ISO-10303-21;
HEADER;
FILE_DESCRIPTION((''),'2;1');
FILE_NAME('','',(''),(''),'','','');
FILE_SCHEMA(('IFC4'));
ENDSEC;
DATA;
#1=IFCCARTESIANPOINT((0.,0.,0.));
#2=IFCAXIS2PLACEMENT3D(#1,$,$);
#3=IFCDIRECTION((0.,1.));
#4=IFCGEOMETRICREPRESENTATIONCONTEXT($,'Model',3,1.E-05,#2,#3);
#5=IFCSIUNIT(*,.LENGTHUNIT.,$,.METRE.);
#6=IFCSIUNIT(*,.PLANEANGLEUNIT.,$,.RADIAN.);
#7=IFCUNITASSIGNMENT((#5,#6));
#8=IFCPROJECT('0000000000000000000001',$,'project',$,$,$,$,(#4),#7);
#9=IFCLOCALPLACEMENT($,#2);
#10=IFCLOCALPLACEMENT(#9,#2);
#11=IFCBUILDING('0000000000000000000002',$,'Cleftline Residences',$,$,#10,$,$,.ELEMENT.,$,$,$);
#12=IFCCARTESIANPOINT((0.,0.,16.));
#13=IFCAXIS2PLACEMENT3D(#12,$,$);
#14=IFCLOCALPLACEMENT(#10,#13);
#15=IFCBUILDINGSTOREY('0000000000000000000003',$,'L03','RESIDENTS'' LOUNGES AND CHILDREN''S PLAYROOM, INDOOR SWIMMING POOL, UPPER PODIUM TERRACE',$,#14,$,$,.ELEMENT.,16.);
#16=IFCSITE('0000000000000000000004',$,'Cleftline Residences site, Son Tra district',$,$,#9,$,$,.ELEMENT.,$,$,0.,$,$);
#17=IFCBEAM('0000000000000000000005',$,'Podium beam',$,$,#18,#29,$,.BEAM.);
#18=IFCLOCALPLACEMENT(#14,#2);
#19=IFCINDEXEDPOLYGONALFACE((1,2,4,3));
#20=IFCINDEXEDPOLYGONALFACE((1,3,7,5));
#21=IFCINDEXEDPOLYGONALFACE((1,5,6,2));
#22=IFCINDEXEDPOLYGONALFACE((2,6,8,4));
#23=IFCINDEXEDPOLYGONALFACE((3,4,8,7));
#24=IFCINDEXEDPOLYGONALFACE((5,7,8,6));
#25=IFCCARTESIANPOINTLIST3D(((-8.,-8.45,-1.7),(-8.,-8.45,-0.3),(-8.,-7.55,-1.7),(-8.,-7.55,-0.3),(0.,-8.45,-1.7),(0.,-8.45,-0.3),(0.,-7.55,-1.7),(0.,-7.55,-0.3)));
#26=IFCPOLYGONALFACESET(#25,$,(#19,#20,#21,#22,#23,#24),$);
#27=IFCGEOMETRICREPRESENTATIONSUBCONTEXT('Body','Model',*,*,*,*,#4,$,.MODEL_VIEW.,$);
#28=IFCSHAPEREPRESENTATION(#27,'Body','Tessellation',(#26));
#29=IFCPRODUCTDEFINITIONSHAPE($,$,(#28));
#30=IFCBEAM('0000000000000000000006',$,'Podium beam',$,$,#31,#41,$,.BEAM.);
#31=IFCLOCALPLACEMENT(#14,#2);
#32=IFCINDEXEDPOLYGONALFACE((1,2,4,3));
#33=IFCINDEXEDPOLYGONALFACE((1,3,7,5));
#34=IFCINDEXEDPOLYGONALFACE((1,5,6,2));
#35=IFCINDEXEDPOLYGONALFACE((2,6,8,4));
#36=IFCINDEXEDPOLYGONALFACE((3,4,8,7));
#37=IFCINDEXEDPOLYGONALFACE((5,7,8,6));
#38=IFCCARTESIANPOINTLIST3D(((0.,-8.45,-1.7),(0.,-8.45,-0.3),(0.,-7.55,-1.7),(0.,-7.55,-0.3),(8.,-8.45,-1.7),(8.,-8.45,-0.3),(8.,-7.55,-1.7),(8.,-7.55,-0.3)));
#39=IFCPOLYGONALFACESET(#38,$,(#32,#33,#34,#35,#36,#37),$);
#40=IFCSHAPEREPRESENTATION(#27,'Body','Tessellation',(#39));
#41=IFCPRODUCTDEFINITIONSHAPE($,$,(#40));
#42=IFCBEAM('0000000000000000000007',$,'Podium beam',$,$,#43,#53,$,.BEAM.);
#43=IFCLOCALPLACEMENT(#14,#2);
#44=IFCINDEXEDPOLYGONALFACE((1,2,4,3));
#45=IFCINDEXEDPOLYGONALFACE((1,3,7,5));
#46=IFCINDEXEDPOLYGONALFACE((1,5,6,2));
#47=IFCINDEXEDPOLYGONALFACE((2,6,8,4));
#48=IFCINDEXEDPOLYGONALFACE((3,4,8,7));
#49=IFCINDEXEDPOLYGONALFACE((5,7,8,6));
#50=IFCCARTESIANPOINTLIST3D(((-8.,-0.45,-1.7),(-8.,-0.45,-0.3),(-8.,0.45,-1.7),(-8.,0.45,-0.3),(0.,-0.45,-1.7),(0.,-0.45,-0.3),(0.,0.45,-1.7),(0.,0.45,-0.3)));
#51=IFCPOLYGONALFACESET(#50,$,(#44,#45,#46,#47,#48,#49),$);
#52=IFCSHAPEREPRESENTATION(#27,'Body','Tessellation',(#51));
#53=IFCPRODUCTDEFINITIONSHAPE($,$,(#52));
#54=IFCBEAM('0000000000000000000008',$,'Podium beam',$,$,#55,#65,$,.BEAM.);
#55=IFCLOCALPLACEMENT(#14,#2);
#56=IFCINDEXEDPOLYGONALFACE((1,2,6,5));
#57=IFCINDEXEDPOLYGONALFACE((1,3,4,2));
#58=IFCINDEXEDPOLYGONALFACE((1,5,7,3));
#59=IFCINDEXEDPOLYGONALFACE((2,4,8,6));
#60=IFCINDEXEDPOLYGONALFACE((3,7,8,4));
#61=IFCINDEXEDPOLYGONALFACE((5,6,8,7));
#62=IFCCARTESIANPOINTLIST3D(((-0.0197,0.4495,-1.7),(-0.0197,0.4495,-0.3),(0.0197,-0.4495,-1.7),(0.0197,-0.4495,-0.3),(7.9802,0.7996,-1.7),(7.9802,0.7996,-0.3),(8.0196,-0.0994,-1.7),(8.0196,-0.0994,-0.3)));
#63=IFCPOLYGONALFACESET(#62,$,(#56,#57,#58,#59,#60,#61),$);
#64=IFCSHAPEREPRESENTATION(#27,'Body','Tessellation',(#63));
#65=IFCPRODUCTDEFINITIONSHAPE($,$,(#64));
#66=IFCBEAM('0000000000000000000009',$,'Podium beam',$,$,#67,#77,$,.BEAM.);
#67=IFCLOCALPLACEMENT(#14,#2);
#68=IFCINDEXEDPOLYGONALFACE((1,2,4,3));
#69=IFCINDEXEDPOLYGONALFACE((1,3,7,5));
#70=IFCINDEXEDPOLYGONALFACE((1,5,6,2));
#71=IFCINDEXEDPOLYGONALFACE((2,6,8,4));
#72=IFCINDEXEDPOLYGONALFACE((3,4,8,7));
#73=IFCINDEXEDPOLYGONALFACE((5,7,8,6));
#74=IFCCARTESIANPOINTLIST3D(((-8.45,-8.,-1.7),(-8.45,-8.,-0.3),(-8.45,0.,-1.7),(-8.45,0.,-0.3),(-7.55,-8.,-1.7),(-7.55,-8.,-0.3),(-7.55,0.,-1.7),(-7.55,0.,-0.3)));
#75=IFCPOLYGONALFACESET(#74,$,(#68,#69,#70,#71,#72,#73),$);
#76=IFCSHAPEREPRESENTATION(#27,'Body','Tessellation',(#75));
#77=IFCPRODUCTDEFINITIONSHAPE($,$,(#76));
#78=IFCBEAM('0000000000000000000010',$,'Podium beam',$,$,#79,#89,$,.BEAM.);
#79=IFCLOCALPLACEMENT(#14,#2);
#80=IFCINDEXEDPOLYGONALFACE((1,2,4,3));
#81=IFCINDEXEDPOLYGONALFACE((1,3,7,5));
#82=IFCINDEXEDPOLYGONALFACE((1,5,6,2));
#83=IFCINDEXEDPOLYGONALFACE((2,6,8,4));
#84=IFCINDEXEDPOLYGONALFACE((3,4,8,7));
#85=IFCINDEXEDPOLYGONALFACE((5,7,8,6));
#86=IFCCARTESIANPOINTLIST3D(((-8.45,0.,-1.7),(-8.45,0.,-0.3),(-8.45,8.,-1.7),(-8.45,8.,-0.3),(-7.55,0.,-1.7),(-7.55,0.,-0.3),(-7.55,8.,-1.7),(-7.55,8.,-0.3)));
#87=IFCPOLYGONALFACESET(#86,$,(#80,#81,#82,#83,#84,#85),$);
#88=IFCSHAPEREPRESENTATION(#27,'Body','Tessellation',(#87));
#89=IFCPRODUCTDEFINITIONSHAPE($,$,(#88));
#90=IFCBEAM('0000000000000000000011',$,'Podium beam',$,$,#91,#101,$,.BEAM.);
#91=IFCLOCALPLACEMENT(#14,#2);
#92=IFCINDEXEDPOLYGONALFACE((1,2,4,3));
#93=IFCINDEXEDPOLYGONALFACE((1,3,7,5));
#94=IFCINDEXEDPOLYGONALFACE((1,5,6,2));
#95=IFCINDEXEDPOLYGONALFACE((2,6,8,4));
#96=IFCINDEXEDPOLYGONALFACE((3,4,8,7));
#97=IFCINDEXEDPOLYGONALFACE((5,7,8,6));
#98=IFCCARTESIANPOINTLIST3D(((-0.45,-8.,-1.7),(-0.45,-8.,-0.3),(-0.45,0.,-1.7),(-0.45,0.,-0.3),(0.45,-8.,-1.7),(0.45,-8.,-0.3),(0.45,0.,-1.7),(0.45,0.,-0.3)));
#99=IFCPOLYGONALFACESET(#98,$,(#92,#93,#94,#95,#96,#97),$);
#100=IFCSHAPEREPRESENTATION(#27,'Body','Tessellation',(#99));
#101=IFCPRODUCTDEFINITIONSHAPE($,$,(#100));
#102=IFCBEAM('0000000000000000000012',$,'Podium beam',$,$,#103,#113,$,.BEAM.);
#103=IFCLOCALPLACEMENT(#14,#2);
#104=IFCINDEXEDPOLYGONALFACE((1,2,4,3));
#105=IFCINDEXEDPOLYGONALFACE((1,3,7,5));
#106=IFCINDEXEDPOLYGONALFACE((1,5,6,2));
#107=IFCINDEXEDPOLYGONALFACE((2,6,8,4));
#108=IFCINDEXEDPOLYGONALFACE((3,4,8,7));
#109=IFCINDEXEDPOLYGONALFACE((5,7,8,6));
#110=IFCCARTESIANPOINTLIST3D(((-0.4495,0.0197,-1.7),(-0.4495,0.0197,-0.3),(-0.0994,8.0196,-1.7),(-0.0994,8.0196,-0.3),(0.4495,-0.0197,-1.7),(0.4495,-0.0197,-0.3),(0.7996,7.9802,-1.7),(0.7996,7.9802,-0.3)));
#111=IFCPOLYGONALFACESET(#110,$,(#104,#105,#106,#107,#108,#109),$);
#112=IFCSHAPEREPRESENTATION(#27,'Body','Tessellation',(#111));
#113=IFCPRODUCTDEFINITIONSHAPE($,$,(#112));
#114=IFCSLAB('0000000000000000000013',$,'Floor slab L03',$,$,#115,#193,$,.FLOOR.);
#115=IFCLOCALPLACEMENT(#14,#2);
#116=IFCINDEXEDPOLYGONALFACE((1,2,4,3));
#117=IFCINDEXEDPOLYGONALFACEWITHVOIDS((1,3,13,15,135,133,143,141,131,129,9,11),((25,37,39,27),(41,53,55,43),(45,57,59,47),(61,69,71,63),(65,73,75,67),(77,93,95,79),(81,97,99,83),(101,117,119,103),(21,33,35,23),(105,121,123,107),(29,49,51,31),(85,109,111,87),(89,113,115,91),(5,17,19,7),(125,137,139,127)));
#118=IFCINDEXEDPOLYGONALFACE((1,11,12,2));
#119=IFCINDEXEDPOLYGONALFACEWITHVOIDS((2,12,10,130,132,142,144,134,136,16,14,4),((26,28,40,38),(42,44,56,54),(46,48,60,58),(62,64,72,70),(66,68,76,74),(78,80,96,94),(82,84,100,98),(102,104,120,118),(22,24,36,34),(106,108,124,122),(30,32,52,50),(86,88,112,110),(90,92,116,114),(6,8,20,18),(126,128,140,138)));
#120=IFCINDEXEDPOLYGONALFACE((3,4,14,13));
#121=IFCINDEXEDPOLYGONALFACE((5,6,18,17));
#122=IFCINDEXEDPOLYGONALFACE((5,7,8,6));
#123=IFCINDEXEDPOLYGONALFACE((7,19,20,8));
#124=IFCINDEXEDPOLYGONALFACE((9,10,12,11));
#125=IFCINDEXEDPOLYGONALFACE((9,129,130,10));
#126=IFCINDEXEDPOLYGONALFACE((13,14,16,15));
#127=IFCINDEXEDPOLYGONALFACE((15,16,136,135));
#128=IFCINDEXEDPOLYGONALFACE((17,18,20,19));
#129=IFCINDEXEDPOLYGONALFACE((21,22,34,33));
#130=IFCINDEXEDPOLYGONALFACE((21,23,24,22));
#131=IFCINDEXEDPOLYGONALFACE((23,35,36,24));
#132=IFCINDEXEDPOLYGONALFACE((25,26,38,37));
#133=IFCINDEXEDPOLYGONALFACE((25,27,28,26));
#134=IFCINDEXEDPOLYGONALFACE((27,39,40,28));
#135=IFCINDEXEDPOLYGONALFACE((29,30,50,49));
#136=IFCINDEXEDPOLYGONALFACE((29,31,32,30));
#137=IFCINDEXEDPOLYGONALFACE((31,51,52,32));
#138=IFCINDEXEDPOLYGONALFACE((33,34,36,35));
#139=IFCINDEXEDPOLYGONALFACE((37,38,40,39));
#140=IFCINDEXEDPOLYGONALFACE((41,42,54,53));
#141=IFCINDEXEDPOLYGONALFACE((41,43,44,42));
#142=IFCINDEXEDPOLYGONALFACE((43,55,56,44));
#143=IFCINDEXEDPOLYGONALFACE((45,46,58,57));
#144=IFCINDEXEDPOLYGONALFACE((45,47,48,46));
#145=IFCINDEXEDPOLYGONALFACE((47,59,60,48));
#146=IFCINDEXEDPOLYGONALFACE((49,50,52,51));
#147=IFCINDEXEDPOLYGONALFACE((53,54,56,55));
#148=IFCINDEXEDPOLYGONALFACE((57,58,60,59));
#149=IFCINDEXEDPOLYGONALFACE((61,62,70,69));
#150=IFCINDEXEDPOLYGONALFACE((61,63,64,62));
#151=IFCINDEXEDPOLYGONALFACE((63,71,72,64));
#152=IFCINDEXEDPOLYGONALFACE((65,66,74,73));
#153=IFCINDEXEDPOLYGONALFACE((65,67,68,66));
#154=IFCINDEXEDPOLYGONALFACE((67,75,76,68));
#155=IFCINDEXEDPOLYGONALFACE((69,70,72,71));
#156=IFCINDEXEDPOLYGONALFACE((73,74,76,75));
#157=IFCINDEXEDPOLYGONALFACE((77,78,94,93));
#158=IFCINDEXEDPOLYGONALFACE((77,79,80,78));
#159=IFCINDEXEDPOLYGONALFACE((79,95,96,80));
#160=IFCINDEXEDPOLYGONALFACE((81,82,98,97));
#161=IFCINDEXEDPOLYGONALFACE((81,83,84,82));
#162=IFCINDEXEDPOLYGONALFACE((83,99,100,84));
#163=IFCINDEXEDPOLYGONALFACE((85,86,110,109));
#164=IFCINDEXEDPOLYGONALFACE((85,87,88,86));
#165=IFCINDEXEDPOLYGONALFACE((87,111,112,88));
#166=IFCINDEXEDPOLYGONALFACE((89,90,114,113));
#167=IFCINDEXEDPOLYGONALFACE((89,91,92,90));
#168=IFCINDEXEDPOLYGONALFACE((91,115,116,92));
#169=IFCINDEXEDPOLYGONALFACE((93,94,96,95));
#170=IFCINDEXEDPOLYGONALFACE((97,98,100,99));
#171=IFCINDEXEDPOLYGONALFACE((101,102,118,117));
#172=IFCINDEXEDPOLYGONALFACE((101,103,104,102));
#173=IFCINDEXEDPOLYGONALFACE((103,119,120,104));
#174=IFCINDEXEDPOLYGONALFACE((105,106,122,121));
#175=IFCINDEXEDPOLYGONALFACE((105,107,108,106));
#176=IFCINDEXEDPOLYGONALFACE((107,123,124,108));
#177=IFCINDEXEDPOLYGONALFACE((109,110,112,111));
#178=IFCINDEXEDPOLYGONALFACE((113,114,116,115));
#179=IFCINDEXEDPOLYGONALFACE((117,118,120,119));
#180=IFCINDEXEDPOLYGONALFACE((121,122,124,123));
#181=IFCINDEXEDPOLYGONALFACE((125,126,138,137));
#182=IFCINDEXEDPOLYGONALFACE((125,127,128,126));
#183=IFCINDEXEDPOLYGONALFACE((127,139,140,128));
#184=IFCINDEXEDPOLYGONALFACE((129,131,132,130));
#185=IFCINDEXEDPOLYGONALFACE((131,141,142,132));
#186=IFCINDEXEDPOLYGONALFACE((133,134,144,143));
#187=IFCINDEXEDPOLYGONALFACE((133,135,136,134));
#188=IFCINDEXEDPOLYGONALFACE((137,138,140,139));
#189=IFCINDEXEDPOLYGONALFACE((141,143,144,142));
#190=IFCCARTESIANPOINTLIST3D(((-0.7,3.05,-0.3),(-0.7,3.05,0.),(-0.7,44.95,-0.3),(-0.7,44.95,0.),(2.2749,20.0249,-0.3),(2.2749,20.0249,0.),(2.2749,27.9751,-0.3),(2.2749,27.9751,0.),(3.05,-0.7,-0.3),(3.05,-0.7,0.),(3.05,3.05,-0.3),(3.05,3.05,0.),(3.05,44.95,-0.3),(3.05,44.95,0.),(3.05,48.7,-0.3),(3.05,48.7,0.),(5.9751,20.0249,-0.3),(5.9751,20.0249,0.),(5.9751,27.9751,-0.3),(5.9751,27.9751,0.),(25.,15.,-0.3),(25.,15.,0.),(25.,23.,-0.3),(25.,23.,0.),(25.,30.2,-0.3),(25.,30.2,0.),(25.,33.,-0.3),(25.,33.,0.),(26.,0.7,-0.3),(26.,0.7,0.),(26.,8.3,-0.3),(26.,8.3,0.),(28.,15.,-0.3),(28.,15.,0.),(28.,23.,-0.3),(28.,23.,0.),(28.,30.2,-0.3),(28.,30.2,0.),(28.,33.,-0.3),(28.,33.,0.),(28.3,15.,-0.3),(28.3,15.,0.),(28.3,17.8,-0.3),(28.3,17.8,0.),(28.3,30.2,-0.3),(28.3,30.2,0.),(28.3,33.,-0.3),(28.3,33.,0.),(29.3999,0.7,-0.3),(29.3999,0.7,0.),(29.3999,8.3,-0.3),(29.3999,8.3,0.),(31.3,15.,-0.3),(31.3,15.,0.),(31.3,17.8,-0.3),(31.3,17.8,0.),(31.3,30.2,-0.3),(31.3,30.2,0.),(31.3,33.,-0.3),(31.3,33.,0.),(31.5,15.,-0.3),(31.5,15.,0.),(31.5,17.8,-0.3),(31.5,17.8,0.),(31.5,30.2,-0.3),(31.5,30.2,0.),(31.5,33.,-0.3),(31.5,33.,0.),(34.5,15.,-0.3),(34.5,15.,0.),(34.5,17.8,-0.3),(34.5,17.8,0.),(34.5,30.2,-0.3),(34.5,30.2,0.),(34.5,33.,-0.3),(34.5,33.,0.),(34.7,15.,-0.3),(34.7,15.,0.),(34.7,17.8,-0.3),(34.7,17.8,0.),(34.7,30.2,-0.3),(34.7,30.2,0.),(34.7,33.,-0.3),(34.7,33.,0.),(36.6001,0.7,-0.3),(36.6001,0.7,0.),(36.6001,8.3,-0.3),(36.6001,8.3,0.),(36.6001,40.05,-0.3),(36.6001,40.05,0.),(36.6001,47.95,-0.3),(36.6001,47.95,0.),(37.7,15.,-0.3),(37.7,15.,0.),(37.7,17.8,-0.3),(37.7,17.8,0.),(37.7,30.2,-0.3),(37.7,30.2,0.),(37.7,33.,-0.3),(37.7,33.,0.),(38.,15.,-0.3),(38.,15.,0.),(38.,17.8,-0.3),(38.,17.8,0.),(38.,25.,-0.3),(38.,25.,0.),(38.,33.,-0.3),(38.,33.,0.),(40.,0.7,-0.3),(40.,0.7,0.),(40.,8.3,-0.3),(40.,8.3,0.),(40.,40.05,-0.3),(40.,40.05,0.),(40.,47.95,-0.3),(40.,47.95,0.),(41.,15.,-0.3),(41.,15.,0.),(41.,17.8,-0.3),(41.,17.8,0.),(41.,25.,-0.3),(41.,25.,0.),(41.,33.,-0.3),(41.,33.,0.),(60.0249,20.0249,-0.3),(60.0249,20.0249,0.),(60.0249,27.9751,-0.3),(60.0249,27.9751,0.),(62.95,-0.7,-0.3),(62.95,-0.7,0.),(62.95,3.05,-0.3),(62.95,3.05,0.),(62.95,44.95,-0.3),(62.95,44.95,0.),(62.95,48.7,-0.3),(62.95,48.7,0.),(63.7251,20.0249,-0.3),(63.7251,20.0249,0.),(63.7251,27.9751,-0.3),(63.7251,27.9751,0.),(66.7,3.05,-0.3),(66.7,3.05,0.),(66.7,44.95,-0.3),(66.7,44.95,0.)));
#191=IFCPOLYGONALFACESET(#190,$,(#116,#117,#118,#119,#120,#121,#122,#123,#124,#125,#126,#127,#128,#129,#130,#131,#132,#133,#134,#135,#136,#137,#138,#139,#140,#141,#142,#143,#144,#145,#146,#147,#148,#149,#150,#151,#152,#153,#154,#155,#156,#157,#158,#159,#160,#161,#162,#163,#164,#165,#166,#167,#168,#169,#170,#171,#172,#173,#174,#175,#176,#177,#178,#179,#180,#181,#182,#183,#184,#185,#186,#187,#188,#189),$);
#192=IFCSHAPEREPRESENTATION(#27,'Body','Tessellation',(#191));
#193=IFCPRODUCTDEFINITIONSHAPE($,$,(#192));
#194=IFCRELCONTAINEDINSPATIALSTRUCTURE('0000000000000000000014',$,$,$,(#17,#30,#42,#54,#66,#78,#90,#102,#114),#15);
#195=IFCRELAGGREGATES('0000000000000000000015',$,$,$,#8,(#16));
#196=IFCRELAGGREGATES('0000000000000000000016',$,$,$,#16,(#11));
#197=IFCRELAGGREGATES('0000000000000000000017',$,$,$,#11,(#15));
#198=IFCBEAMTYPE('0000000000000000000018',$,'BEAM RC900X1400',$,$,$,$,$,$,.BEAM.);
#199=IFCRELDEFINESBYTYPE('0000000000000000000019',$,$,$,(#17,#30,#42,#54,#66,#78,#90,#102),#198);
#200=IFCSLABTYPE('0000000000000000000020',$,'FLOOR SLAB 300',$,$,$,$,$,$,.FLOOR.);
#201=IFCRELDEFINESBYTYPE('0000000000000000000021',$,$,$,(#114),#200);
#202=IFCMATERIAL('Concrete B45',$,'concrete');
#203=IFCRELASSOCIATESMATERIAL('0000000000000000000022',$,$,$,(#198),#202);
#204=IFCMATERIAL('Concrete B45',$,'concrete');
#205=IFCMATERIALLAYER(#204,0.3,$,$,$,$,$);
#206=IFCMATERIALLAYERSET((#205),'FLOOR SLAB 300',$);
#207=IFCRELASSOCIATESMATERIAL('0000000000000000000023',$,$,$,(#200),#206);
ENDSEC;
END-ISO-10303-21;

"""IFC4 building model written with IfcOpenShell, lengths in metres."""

from ifc_helpers import new_model, si_unit, direction, frame, origin, origin_2d, place, context, subcontext, project, spatial, polyline, rectangle, outline, extrude, material, layer, layer_set, material_profile, profile_set, type_object, element, save


model = new_model("IFC4")

# Units and contexts
model_context = context("Model", 3, precision=1e-05, world=origin(), true_north=direction((0.0, 1.0)))
body_context = subcontext(model_context, "Body", "Model", "MODEL_VIEW")
ifc_project = project(units=[si_unit("LENGTHUNIT", "METRE"), si_unit("PLANEANGLEUNIT", "RADIAN")], contexts=[model_context])

# Site, building, storey
site_placement = place(None, origin())
site = spatial("IfcSite", under=ifc_project, at=site_placement, Name="Cleftline Residences site, Son Tra district", CompositionType="ELEMENT", RefElevation=0.0)
building_placement = place(site_placement, origin())
building = spatial("IfcBuilding", under=site, at=building_placement, Name="Cleftline Residences", CompositionType="ELEMENT")
storey_placement = place(building_placement, frame((0.0, 0.0, 16.0)))
storey = spatial("IfcBuildingStorey", under=building, at=storey_placement, Name="L03", Description="RESIDENTS' LOUNGES AND CHILDREN'S PLAYROOM, INDOOR SWIMMING POOL, UPPER PODIUM TERRACE", CompositionType="ELEMENT", Elevation=16.0)

# Beams
ifc_material_1 = material(Name="Concrete B45", Category="concrete")
ifc_material_profile = material_profile(ifc_material_1, rectangle(XDim=0.8999, YDim=1.3999, at=origin_2d()))
ifc_profile_set = profile_set([ifc_material_profile], Name="Concrete B45")
beam_type = type_object("IfcBeamType", Name="BEAM RC900X1400", PredefinedType="BEAM", material=ifc_profile_set)
for number, where, z_axis, x_axis, name in (
    (1, (-8.0, -8.0, -1.0), (1.0, 0.0, 0.0), (0.0, 1.0, 0.0), "Podium beam"),
    (2, (0.0, -8.0, -1.0), (1.0, 0.0, 0.0), (0.0, 1.0, 0.0), "Podium beam"),
    (3, (-8.0, 0.0, -1.0), (1.0, 0.0, 0.0), (0.0, 1.0, 0.0), "Podium beam"),
):
    element("IfcBeam", number, at=place(storey_placement, frame(where, z_axis=z_axis, x_axis=x_axis)), inside=storey, type_object=beam_type, Name=name, PredefinedType="BEAM", context=body_context, shape_type="SweptSolid", body=[
        extrude(rectangle(XDim=0.8999, YDim=1.3999, at=origin_2d()), origin(), (0.0, 0.0, 1.0), 8.0),
    ])
beam_1_placement = place(storey_placement, frame((0.0, 0.0, -1.0), z_axis=(0.999044, 0.04372, 0.0), x_axis=(-0.04372, 0.999044, 0.0)))
element("IfcBeam", 4, at=beam_1_placement, inside=storey, type_object=beam_type, Name="Podium beam", PredefinedType="BEAM", context=body_context, shape_type="SweptSolid", body=[
    extrude(rectangle(XDim=0.8999, YDim=1.3999, at=origin_2d()), origin(), (0.0, 0.0, 1.0), 8.0076),
])
for number, where, z_axis, x_axis, name in (
    (5, (-8.0, -8.0, -1.0), (0.0, 1.0, 0.0), (-1.0, 0.0, 0.0), "Podium beam"),
    (6, (-8.0, 0.0, -1.0), (0.0, 1.0, 0.0), (-1.0, 0.0, 0.0), "Podium beam"),
    (7, (0.0, -8.0, -1.0), (0.0, 1.0, 0.0), (-1.0, 0.0, 0.0), "Podium beam"),
):
    element("IfcBeam", number, at=place(storey_placement, frame(where, z_axis=z_axis, x_axis=x_axis)), inside=storey, type_object=beam_type, Name=name, PredefinedType="BEAM", context=body_context, shape_type="SweptSolid", body=[
        extrude(rectangle(XDim=0.8999, YDim=1.3999, at=origin_2d()), origin(), (0.0, 0.0, 1.0), 8.0),
    ])
beam_2_placement = place(storey_placement, frame((0.0, 0.0, -1.0), z_axis=(0.04372, 0.999044, 0.0), x_axis=(-0.999044, 0.04372, 0.0)))
element("IfcBeam", 8, at=beam_2_placement, inside=storey, type_object=beam_type, Name="Podium beam", PredefinedType="BEAM", context=body_context, shape_type="SweptSolid", body=[
    extrude(rectangle(XDim=0.8999, YDim=1.3999, at=origin_2d()), origin(), (0.0, 0.0, 1.0), 8.0076),
])

# Slab
ifc_material_2 = material(Name="Concrete B45", Category="concrete")
ifc_layer_1 = layer(ifc_material_2, 0.3)
ifc_layer_set_1 = layer_set([ifc_layer_1], Name="FLOOR SLAB 300")
slab_type_1 = type_object("IfcSlabType", Name="FLOOR SLAB 300", PredefinedType="FLOOR", material=ifc_layer_set_1)
slab_1_placement = place(storey_placement, frame((0.0, 0.0, -0.3)))
element("IfcSlab", 9, at=slab_1_placement, inside=storey, type_object=slab_type_1, Name="Floor slab L03", PredefinedType="FLOOR", context=body_context, shape_type="SweptSolid", body=[
    extrude(outline(polyline([(66.7, 3.05), (66.7, 44.95), (62.95, 44.95), (62.95, 48.7), (3.05, 48.7), (3.05, 44.95), (-0.7, 44.95), (-0.7, 3.05), (3.05, 3.05), (3.05, -0.7), (62.95, -0.7), (62.95, 3.05), (66.7, 3.05)]), holes=[polyline([(28.0, 15.0), (28.0, 23.0), (25.0, 23.0), (25.0, 15.0), (28.0, 15.0)]), polyline([(41.0, 25.0), (41.0, 33.0), (38.0, 33.0), (38.0, 25.0), (41.0, 25.0)]), polyline([(28.0, 30.2), (28.0, 33.0), (25.0, 33.0), (25.0, 30.2), (28.0, 30.2)]), polyline([(41.0, 15.0), (41.0, 17.8), (38.0, 17.8), (38.0, 15.0), (41.0, 15.0)]), polyline([(31.3, 15.0), (31.3, 17.8), (28.3, 17.8), (28.3, 15.0), (31.3, 15.0)]), polyline([(34.5, 15.0), (34.5, 17.8), (31.5, 17.8), (31.5, 15.0), (34.5, 15.0)]), polyline([(37.7, 15.0), (37.7, 17.8), (34.7, 17.8), (34.7, 15.0), (37.7, 15.0)]), polyline([(31.3, 30.2), (31.3, 33.0), (28.3, 33.0), (28.3, 30.2), (31.3, 30.2)]), polyline([(34.5, 30.2), (34.5, 33.0), (31.5, 33.0), (31.5, 30.2), (34.5, 30.2)]), polyline([(37.7, 30.2), (37.7, 33.0), (34.7, 33.0), (34.7, 30.2), (37.7, 30.2)]), polyline([(29.3999, 0.7), (29.3999, 8.3), (26.0, 8.3), (26.0, 0.7), (29.3999, 0.7)]), polyline([(40.0, 0.7), (40.0, 8.3), (36.6001, 8.3), (36.6001, 0.7), (40.0, 0.7)]), polyline([(40.0, 40.05), (40.0, 47.95), (36.6001, 47.95), (36.6001, 40.05), (40.0, 40.05)]), polyline([(63.7251, 20.0249), (63.7251, 27.9751), (60.0249, 27.9751), (60.0249, 20.0249), (63.7251, 20.0249)]), polyline([(5.9751, 20.0249), (5.9751, 27.9751), (2.2749, 27.9751), (2.2749, 20.0249), (5.9751, 20.0249)])]), origin(), (0.0, 0.0, 1.0), 0.3),
])

save(model, "model.ifc")
